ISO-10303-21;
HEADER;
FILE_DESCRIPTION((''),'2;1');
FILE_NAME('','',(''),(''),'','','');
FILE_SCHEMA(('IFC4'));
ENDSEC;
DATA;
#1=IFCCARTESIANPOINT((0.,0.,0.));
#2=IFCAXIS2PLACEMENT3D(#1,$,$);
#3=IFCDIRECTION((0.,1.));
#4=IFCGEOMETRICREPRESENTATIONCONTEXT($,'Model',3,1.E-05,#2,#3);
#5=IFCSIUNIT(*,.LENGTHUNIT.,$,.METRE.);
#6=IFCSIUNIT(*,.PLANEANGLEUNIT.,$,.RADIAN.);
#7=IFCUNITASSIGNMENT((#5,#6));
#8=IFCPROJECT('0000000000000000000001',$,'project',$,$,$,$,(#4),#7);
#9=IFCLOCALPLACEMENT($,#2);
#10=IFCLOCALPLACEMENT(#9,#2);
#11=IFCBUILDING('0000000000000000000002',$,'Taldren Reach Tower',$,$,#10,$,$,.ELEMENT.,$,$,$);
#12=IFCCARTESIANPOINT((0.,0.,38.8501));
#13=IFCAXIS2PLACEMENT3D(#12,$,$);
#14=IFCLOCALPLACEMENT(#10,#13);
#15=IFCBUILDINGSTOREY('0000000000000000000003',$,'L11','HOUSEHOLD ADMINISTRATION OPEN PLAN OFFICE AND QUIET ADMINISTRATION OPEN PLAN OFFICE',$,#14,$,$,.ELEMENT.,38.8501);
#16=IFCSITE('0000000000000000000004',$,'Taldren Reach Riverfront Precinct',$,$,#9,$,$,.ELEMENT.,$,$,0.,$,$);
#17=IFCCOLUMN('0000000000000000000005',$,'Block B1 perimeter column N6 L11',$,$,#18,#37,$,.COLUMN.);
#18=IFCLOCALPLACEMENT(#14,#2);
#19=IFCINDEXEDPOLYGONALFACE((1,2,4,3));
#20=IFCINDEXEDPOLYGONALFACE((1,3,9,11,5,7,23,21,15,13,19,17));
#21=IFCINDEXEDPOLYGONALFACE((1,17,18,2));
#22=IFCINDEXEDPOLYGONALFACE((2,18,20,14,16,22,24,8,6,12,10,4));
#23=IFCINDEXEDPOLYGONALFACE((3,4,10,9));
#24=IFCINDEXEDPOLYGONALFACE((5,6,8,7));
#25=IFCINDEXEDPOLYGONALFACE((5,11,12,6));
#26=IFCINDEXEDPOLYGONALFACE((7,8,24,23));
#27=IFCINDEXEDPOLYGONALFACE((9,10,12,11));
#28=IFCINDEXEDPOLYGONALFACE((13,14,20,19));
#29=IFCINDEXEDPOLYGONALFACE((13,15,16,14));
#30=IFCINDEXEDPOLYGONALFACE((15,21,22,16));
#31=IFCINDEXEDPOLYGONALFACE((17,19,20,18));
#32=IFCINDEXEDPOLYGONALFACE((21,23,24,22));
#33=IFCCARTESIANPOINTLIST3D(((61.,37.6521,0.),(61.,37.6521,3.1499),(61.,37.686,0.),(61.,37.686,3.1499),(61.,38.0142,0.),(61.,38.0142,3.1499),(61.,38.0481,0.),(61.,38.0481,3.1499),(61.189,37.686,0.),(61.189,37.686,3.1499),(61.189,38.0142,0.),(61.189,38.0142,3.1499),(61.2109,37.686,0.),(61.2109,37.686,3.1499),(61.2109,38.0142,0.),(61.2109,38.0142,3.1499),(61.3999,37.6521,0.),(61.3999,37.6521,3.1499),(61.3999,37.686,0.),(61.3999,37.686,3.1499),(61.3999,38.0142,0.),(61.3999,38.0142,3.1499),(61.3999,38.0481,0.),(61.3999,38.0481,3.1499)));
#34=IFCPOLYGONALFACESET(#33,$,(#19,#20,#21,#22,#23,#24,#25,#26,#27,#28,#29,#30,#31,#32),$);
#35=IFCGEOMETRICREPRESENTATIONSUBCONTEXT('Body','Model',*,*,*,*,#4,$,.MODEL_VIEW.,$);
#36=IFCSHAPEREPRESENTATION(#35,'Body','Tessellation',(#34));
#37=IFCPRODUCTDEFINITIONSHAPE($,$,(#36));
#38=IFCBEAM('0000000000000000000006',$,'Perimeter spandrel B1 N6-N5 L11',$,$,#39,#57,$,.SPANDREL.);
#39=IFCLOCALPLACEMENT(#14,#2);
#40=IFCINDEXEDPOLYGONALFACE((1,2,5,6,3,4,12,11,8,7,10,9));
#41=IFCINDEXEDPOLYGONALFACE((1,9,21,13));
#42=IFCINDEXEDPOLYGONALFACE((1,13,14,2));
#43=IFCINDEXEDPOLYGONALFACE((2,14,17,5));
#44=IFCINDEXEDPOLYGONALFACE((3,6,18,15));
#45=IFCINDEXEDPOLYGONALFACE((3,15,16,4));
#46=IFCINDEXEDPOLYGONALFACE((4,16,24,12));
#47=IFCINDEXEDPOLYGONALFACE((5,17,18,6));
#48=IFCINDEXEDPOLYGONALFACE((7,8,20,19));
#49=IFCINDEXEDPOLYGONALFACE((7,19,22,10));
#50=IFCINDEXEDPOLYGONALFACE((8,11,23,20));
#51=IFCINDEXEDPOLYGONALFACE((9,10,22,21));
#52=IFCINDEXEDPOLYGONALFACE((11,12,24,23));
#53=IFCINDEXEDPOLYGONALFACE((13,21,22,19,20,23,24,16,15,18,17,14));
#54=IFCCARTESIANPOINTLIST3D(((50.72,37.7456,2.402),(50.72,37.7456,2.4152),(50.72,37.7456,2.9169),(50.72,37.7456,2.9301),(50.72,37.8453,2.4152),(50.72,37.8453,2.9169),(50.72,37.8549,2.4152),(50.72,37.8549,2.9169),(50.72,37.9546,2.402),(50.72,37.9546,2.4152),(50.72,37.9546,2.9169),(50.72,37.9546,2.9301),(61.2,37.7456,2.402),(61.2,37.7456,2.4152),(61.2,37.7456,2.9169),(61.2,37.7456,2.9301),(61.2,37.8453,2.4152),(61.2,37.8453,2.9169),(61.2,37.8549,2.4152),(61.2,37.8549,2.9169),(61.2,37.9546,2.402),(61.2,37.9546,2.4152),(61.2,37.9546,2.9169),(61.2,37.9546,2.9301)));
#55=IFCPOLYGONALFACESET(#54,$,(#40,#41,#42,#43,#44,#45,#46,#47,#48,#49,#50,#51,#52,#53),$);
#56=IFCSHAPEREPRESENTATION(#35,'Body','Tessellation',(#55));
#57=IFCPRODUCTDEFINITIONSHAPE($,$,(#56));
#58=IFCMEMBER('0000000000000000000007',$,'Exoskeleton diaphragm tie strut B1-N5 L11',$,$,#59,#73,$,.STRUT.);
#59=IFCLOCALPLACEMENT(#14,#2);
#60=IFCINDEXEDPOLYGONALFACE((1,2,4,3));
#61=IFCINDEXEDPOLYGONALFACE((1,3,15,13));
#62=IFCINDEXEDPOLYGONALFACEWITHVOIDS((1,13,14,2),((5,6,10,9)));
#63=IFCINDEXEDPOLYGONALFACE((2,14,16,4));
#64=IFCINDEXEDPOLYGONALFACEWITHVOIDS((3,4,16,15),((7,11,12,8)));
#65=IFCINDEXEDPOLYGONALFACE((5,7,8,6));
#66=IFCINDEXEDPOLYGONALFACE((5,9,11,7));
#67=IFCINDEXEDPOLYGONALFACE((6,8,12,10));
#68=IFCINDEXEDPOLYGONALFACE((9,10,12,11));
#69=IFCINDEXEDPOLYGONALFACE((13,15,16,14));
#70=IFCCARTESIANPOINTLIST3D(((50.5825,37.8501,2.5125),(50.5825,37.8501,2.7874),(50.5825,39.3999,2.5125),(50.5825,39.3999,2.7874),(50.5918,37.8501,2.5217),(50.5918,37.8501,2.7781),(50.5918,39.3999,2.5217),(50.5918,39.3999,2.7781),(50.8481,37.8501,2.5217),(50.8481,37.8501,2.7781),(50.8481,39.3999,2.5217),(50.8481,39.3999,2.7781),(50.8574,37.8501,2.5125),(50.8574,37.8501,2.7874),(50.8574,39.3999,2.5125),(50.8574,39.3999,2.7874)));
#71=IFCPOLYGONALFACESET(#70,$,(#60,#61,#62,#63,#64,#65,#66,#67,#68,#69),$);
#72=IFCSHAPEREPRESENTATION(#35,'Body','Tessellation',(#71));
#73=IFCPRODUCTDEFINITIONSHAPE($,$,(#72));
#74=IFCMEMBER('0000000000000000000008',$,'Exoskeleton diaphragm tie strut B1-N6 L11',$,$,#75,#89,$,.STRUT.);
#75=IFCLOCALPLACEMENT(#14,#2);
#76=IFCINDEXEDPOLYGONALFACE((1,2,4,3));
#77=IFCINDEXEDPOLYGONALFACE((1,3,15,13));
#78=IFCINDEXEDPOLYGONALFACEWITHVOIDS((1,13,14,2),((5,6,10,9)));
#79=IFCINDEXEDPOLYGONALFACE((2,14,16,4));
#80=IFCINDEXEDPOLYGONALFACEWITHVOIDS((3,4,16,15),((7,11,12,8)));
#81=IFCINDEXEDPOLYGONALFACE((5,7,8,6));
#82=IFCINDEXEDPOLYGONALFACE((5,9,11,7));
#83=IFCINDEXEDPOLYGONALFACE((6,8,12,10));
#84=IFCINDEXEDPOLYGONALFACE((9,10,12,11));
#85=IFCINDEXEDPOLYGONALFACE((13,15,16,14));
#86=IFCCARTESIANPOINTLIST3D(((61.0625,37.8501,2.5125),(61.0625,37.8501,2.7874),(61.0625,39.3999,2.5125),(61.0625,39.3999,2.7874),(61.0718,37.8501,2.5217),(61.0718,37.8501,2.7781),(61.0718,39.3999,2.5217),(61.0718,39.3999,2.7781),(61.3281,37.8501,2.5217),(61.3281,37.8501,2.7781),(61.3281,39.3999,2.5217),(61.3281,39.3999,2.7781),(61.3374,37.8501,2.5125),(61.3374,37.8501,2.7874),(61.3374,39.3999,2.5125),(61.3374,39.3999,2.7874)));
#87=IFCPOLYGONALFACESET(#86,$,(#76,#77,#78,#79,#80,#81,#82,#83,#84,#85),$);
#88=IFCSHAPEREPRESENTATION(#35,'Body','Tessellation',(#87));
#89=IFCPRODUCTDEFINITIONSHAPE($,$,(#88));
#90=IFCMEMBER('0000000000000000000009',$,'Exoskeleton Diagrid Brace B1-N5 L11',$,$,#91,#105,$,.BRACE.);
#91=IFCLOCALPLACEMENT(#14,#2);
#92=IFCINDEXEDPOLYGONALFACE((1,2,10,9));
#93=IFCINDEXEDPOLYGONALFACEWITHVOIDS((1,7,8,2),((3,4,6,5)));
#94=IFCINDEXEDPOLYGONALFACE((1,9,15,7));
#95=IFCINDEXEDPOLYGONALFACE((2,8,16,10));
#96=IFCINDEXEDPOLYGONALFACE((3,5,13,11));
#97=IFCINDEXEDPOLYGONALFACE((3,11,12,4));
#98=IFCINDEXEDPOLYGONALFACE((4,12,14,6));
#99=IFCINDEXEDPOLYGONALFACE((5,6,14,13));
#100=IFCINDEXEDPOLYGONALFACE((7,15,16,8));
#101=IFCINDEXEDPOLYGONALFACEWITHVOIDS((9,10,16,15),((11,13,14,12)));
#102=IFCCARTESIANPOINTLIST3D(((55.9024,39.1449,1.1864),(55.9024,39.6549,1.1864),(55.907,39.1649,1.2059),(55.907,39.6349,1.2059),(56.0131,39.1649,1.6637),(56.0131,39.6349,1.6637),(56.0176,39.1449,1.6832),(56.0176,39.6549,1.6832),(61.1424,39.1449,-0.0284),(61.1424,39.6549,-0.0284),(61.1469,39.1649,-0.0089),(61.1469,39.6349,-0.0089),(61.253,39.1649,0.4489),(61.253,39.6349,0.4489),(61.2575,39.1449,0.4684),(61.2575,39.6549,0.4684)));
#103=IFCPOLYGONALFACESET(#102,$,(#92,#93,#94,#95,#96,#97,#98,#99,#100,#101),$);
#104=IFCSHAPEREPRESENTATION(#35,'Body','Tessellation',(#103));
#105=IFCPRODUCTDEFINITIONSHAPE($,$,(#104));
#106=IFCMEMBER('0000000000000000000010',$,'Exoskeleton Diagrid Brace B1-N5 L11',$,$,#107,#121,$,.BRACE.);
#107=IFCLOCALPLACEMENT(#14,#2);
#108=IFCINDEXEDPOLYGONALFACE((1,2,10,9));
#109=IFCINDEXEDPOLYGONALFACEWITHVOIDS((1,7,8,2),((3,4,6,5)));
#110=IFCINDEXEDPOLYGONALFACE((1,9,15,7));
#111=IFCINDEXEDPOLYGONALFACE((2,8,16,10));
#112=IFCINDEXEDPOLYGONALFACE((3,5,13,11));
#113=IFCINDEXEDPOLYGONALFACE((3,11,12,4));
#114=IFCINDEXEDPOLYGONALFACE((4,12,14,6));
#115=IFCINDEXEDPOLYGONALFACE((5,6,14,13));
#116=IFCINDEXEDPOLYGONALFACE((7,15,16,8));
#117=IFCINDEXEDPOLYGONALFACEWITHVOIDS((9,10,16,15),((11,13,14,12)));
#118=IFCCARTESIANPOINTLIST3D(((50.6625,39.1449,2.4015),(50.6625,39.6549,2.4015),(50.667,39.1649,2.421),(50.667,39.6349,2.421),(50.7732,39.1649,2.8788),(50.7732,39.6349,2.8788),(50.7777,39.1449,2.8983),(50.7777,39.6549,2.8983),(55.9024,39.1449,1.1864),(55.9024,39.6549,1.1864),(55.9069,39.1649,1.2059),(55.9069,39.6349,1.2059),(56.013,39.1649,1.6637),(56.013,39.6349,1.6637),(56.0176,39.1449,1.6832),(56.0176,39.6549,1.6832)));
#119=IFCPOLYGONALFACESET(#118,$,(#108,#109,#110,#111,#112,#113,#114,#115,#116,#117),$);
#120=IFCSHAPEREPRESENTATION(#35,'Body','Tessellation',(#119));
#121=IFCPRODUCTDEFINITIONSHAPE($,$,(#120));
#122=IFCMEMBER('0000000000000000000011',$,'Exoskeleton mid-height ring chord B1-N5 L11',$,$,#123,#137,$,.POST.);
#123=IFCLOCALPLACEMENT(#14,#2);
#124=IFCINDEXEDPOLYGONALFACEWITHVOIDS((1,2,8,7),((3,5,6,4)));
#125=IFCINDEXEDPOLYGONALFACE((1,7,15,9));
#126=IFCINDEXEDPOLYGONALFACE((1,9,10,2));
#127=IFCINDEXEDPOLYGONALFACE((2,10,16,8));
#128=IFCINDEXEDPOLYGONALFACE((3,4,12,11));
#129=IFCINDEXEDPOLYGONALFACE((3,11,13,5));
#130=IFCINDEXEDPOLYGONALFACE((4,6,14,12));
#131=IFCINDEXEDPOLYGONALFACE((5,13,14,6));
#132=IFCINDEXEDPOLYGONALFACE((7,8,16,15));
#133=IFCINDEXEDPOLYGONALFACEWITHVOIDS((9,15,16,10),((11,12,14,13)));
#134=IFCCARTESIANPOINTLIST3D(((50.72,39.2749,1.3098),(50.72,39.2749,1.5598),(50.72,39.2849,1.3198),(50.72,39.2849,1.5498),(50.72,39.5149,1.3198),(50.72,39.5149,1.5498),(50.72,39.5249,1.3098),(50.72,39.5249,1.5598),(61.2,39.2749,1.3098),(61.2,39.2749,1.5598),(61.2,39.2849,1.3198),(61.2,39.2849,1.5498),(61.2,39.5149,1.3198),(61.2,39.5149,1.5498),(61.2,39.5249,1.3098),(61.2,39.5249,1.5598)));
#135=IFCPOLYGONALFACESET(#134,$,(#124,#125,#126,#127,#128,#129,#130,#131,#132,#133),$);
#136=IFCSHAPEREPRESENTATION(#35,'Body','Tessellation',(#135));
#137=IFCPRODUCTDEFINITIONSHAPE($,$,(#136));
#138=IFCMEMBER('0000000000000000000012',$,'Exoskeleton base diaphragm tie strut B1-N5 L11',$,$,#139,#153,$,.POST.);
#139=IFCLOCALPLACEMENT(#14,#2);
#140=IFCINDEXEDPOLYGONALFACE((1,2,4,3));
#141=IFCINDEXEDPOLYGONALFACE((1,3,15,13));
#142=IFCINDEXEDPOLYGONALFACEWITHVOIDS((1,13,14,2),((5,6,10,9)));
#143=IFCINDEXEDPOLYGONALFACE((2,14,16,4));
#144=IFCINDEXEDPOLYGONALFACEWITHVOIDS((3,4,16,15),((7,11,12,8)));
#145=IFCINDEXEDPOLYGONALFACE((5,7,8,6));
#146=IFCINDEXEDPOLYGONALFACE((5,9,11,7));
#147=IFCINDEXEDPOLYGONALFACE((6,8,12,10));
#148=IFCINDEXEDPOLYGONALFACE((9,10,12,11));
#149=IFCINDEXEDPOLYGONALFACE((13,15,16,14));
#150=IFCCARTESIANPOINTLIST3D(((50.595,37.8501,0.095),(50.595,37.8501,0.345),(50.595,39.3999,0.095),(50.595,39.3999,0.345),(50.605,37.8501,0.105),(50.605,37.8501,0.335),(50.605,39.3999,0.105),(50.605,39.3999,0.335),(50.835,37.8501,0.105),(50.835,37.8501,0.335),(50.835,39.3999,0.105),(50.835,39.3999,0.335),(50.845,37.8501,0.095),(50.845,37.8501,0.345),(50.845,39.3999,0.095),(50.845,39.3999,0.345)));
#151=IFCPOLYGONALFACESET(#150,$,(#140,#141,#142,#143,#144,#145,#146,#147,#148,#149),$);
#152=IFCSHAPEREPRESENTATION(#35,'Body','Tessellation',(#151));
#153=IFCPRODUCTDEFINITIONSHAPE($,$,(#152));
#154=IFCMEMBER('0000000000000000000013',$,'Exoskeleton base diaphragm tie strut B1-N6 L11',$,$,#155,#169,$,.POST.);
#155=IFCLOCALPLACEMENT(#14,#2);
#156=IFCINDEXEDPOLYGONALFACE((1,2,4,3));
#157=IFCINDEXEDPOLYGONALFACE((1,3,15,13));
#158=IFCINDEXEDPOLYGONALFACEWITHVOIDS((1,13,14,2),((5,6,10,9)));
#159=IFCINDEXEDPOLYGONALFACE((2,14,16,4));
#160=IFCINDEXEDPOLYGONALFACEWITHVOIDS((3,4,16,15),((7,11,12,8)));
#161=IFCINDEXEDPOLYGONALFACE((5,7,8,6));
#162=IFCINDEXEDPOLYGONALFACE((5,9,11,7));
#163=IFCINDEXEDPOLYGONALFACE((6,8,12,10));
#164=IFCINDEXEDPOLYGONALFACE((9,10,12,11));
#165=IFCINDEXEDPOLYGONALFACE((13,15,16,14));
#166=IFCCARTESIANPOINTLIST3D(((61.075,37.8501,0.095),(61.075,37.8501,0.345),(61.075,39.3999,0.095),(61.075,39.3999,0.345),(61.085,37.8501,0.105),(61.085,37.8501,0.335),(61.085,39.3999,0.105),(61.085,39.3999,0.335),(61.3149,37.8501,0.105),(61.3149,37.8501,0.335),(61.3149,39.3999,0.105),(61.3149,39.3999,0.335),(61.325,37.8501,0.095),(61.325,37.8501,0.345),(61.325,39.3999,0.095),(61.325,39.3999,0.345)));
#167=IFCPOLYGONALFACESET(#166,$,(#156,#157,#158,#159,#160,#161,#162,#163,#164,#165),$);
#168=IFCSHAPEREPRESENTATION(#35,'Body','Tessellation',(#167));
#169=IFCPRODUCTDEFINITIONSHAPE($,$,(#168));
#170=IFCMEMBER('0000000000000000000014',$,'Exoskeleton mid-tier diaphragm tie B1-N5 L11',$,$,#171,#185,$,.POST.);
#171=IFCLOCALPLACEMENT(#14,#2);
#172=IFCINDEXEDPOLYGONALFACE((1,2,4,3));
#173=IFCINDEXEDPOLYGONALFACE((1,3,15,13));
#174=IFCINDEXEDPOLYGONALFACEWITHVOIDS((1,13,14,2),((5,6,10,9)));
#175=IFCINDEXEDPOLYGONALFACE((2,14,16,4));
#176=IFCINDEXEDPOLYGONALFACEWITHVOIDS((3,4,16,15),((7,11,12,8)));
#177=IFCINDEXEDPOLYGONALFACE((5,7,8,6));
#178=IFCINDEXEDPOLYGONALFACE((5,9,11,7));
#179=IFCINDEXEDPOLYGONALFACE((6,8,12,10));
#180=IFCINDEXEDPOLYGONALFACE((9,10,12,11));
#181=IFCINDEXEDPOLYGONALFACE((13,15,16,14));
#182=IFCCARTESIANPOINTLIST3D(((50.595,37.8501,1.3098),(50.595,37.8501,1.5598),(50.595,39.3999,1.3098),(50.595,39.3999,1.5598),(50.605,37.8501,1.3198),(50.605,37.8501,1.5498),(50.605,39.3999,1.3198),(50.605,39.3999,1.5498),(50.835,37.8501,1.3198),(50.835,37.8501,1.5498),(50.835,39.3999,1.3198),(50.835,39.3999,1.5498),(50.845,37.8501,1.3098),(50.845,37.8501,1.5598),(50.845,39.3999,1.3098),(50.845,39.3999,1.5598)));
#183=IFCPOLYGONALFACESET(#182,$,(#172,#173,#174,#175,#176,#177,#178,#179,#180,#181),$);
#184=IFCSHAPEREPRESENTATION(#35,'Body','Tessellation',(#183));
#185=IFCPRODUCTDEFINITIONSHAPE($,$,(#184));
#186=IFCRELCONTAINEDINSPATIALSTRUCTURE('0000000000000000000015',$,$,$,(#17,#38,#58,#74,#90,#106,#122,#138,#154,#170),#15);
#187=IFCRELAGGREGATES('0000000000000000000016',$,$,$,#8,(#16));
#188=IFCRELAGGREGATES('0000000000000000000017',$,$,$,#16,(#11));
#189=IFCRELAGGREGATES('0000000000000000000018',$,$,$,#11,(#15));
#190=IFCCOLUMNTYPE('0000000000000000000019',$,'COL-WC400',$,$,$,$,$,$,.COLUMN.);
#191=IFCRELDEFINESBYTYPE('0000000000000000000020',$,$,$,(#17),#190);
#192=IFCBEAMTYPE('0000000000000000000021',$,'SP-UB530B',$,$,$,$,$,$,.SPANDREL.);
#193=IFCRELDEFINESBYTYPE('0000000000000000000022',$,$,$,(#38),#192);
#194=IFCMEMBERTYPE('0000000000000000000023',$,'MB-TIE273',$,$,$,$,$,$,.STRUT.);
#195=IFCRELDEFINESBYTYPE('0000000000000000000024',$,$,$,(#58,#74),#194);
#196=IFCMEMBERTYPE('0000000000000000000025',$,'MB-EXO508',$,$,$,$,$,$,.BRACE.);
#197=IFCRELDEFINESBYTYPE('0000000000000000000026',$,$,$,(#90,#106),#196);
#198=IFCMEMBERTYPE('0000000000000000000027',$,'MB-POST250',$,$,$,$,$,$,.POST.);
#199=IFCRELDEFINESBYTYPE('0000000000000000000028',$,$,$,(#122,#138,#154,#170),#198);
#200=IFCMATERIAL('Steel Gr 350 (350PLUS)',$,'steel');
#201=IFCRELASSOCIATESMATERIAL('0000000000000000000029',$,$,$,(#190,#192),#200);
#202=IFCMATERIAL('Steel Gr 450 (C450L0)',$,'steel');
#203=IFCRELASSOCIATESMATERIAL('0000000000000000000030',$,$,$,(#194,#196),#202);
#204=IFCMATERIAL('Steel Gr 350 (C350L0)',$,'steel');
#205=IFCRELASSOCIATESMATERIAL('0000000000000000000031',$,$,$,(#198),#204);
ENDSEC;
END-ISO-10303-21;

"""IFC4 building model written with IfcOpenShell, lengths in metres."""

from ifc_helpers import new_model, si_unit, direction, frame, origin, origin_2d, place, context, subcontext, project, spatial, hollow_rectangle, i_section, extrude, source, transform, mapped, material, material_profile, profile_set, type_object, element, save


model = new_model("IFC4")

# Units and contexts
model_context = context("Model", 3, precision=1e-05, world=origin(), true_north=direction((0.0, 1.0)))
body_context = subcontext(model_context, "Body", "Model", "MODEL_VIEW")
ifc_project = project(units=[si_unit("LENGTHUNIT", "METRE"), si_unit("PLANEANGLEUNIT", "RADIAN")], contexts=[model_context])

# Site, building, storey
site_placement = place(None, origin())
site = spatial("IfcSite", under=ifc_project, at=site_placement, Name="Taldren Reach Riverfront Precinct", CompositionType="ELEMENT", RefElevation=0.0)
building_placement = place(site_placement, origin())
building = spatial("IfcBuilding", under=site, at=building_placement, Name="Taldren Reach Tower", CompositionType="ELEMENT")
storey_placement = place(building_placement, frame((0.0, 0.0, 38.8501)))
storey = spatial("IfcBuildingStorey", under=building, at=storey_placement, Name="L11", Description="HOUSEHOLD ADMINISTRATION OPEN PLAN OFFICE AND QUIET ADMINISTRATION OPEN PLAN OFFICE", CompositionType="ELEMENT", Elevation=38.8501)

# Column
ifc_material_1 = material(Name="Steel Gr 350 (350PLUS)", Category="steel")
ifc_material_profile_1 = material_profile(ifc_material_1, i_section(OverallWidth=0.3999, OverallDepth=0.396, WebThickness=0.022, FlangeThickness=0.0339, at=origin_2d()), Name="400WC270")
ifc_profile_set_1 = profile_set([ifc_material_profile_1], Name="Steel Gr 350 (350PLUS)")
column_type = type_object("IfcColumnType", Name="COL-WC400", PredefinedType="COLUMN", material=ifc_profile_set_1)
shared_shape_1 = source(origin(), body_context, "Body", "SweptSolid", [
    extrude(i_section(OverallWidth=0.3999, OverallDepth=0.396, WebThickness=0.022, FlangeThickness=0.0339, at=origin_2d()), origin(), (0.0, 0.0, 1.0), 3.1499),
])
column_placement = place(storey_placement, frame((61.2, 37.8501, 0.0), z_axis=(0.0, 0.0, 1.0), x_axis=(1.0, 0.0, 0.0)))
element("IfcColumn", 1, at=column_placement, inside=storey, type_object=column_type, Name="Block B1 perimeter column N6 L11", PredefinedType="COLUMN", context=body_context, shape_type="MappedRepresentation", body=[
    mapped(shared_shape_1, transform((0.0, 0.0, 0.0), scale=1.0)),
])

# Beam
ifc_material_profile_2 = material_profile(ifc_material_1, i_section(OverallWidth=0.209, OverallDepth=0.5281, WebThickness=0.0095, FlangeThickness=0.0132, at=origin_2d()), Name="530UB82.0")
ifc_profile_set_2 = profile_set([ifc_material_profile_2], Name="Steel Gr 350 (350PLUS)")
beam_type = type_object("IfcBeamType", Name="SP-UB530B", PredefinedType="SPANDREL", material=ifc_profile_set_2)
shared_shape_2 = source(origin(), body_context, "Body", "SweptSolid", [
    extrude(i_section(OverallWidth=0.209, OverallDepth=0.5281, WebThickness=0.0095, FlangeThickness=0.0132, at=origin_2d()), origin(), (0.0, 0.0, 1.0), 10.48),
])
beam_placement = place(storey_placement, frame((61.2, 37.8501, 2.666), z_axis=(-1.0, 0.0, 0.0), x_axis=(0.0, -1.0, 0.0)))
element("IfcBeam", 2, at=beam_placement, inside=storey, type_object=beam_type, Name="Perimeter spandrel B1 N6-N5 L11", PredefinedType="SPANDREL", context=body_context, shape_type="MappedRepresentation", body=[
    mapped(shared_shape_2, transform((0.0, 0.0, 0.0), scale=1.0)),
])

# Members
ifc_material_2 = material(Name="Steel Gr 450 (C450L0)", Category="steel")
ifc_material_profile_3 = material_profile(ifc_material_2, hollow_rectangle(XDim=0.2749, YDim=0.2749, WallThickness=0.0093, at=origin_2d()), Name="275x275x9.3SHS")
ifc_profile_set_3 = profile_set([ifc_material_profile_3], Name="Steel Gr 450 (C450L0)")
member_type_1 = type_object("IfcMemberType", Name="MB-TIE273", PredefinedType="STRUT", material=ifc_profile_set_3)
shared_shape_3 = source(origin(), body_context, "Body", "SweptSolid", [
    extrude(hollow_rectangle(XDim=0.2749, YDim=0.2749, WallThickness=0.0093, at=origin_2d()), origin(), (0.0, 0.0, 1.0), 1.5498),
])
for number, where, z_axis, x_axis, name in (
    (3, (50.72, 37.8501, 2.6499), (0.0, 1.0, 0.0), (-1.0, 0.0, 0.0), "Exoskeleton diaphragm tie strut B1-N5 L11"),
    (4, (61.2, 37.8501, 2.6499), (0.0, 1.0, 0.0), (-1.0, 0.0, 0.0), "Exoskeleton diaphragm tie strut B1-N6 L11"),
):
    element("IfcMember", number, at=place(storey_placement, frame(where, z_axis=z_axis, x_axis=x_axis)), inside=storey, type_object=member_type_1, Name=name, PredefinedType="STRUT", context=body_context, shape_type="MappedRepresentation", body=[
        mapped(shared_shape_3, transform((0.0, 0.0, 0.0), scale=1.0)),
    ])
ifc_material_profile_4 = material_profile(ifc_material_2, hollow_rectangle(XDim=0.51, YDim=0.51, WallThickness=0.02, at=origin_2d()), Name="510x510x20.0SHS")
ifc_profile_set_4 = profile_set([ifc_material_profile_4], Name="Steel Gr 450 (C450L0)")
member_type_2 = type_object("IfcMemberType", Name="MB-EXO508", PredefinedType="BRACE", material=ifc_profile_set_4)
shared_shape_4 = source(origin(), body_context, "Body", "SweptSolid", [
    extrude(hollow_rectangle(XDim=0.51, YDim=0.51, WallThickness=0.02, at=origin_2d()), origin(), (0.0, 0.0, 1.0), 5.3789),
])
for number, where, z_axis, x_axis, name in (
    (5, (61.2, 39.3999, 0.22), (-0.974162, 0.0, 0.225851), (0.0, -1.0, 0.0), "Exoskeleton Diagrid Brace B1-N5 L11"),
    (6, (55.96, 39.3999, 1.4348), (-0.974152, 0.0, 0.225894), (0.0, -1.0, 0.0), "Exoskeleton Diagrid Brace B1-N5 L11"),
):
    element("IfcMember", number, at=place(storey_placement, frame(where, z_axis=z_axis, x_axis=x_axis)), inside=storey, type_object=member_type_2, Name=name, PredefinedType="BRACE", context=body_context, shape_type="MappedRepresentation", body=[
        mapped(shared_shape_4, transform((0.0, 0.0, 0.0), scale=1.0)),
    ])
ifc_material_3 = material(Name="Steel Gr 350 (C350L0)", Category="steel")
ifc_material_profile_5 = material_profile(ifc_material_3, hollow_rectangle(XDim=0.25, YDim=0.25, WallThickness=0.01, at=origin_2d()), Name="250x250x10.0SHS")
ifc_profile_set_5 = profile_set([ifc_material_profile_5], Name="Steel Gr 350 (C350L0)")
member_type_3 = type_object("IfcMemberType", Name="MB-POST250", PredefinedType="POST", material=ifc_profile_set_5)
shared_shape_5 = source(origin(), body_context, "Body", "SweptSolid", [
    extrude(hollow_rectangle(XDim=0.25, YDim=0.25, WallThickness=0.01, at=origin_2d()), origin(), (0.0, 0.0, 1.0), 10.48),
])
member_1_placement = place(storey_placement, frame((50.72, 39.3999, 1.4348), z_axis=(1.0, 0.0, 0.0), x_axis=(0.0, 1.0, 0.0)))
element("IfcMember", 7, at=member_1_placement, inside=storey, type_object=member_type_3, Name="Exoskeleton mid-height ring chord B1-N5 L11", PredefinedType="POST", context=body_context, shape_type="MappedRepresentation", body=[
    mapped(shared_shape_5, transform((0.0, 0.0, 0.0), scale=1.0)),
])
shared_shape_6 = source(origin(), body_context, "Body", "SweptSolid", [
    extrude(hollow_rectangle(XDim=0.25, YDim=0.25, WallThickness=0.01, at=origin_2d()), origin(), (0.0, 0.0, 1.0), 1.5498),
])
for number, where, z_axis, x_axis, name in (
    (8, (50.72, 37.8501, 0.22), (0.0, 1.0, 0.0), (-1.0, 0.0, 0.0), "Exoskeleton base diaphragm tie strut B1-N5 L11"),
    (9, (61.2, 37.8501, 0.22), (0.0, 1.0, 0.0), (-1.0, 0.0, 0.0), "Exoskeleton base diaphragm tie strut B1-N6 L11"),
    (10, (50.72, 37.8501, 1.4348), (0.0, 1.0, 0.0), (-1.0, 0.0, 0.0), "Exoskeleton mid-tier diaphragm tie B1-N5 L11"),
):
    element("IfcMember", number, at=place(storey_placement, frame(where, z_axis=z_axis, x_axis=x_axis)), inside=storey, type_object=member_type_3, Name=name, PredefinedType="POST", context=body_context, shape_type="MappedRepresentation", body=[
        mapped(shared_shape_6, transform((0.0, 0.0, 0.0), scale=1.0)),
    ])

save(model, "model.ifc")
